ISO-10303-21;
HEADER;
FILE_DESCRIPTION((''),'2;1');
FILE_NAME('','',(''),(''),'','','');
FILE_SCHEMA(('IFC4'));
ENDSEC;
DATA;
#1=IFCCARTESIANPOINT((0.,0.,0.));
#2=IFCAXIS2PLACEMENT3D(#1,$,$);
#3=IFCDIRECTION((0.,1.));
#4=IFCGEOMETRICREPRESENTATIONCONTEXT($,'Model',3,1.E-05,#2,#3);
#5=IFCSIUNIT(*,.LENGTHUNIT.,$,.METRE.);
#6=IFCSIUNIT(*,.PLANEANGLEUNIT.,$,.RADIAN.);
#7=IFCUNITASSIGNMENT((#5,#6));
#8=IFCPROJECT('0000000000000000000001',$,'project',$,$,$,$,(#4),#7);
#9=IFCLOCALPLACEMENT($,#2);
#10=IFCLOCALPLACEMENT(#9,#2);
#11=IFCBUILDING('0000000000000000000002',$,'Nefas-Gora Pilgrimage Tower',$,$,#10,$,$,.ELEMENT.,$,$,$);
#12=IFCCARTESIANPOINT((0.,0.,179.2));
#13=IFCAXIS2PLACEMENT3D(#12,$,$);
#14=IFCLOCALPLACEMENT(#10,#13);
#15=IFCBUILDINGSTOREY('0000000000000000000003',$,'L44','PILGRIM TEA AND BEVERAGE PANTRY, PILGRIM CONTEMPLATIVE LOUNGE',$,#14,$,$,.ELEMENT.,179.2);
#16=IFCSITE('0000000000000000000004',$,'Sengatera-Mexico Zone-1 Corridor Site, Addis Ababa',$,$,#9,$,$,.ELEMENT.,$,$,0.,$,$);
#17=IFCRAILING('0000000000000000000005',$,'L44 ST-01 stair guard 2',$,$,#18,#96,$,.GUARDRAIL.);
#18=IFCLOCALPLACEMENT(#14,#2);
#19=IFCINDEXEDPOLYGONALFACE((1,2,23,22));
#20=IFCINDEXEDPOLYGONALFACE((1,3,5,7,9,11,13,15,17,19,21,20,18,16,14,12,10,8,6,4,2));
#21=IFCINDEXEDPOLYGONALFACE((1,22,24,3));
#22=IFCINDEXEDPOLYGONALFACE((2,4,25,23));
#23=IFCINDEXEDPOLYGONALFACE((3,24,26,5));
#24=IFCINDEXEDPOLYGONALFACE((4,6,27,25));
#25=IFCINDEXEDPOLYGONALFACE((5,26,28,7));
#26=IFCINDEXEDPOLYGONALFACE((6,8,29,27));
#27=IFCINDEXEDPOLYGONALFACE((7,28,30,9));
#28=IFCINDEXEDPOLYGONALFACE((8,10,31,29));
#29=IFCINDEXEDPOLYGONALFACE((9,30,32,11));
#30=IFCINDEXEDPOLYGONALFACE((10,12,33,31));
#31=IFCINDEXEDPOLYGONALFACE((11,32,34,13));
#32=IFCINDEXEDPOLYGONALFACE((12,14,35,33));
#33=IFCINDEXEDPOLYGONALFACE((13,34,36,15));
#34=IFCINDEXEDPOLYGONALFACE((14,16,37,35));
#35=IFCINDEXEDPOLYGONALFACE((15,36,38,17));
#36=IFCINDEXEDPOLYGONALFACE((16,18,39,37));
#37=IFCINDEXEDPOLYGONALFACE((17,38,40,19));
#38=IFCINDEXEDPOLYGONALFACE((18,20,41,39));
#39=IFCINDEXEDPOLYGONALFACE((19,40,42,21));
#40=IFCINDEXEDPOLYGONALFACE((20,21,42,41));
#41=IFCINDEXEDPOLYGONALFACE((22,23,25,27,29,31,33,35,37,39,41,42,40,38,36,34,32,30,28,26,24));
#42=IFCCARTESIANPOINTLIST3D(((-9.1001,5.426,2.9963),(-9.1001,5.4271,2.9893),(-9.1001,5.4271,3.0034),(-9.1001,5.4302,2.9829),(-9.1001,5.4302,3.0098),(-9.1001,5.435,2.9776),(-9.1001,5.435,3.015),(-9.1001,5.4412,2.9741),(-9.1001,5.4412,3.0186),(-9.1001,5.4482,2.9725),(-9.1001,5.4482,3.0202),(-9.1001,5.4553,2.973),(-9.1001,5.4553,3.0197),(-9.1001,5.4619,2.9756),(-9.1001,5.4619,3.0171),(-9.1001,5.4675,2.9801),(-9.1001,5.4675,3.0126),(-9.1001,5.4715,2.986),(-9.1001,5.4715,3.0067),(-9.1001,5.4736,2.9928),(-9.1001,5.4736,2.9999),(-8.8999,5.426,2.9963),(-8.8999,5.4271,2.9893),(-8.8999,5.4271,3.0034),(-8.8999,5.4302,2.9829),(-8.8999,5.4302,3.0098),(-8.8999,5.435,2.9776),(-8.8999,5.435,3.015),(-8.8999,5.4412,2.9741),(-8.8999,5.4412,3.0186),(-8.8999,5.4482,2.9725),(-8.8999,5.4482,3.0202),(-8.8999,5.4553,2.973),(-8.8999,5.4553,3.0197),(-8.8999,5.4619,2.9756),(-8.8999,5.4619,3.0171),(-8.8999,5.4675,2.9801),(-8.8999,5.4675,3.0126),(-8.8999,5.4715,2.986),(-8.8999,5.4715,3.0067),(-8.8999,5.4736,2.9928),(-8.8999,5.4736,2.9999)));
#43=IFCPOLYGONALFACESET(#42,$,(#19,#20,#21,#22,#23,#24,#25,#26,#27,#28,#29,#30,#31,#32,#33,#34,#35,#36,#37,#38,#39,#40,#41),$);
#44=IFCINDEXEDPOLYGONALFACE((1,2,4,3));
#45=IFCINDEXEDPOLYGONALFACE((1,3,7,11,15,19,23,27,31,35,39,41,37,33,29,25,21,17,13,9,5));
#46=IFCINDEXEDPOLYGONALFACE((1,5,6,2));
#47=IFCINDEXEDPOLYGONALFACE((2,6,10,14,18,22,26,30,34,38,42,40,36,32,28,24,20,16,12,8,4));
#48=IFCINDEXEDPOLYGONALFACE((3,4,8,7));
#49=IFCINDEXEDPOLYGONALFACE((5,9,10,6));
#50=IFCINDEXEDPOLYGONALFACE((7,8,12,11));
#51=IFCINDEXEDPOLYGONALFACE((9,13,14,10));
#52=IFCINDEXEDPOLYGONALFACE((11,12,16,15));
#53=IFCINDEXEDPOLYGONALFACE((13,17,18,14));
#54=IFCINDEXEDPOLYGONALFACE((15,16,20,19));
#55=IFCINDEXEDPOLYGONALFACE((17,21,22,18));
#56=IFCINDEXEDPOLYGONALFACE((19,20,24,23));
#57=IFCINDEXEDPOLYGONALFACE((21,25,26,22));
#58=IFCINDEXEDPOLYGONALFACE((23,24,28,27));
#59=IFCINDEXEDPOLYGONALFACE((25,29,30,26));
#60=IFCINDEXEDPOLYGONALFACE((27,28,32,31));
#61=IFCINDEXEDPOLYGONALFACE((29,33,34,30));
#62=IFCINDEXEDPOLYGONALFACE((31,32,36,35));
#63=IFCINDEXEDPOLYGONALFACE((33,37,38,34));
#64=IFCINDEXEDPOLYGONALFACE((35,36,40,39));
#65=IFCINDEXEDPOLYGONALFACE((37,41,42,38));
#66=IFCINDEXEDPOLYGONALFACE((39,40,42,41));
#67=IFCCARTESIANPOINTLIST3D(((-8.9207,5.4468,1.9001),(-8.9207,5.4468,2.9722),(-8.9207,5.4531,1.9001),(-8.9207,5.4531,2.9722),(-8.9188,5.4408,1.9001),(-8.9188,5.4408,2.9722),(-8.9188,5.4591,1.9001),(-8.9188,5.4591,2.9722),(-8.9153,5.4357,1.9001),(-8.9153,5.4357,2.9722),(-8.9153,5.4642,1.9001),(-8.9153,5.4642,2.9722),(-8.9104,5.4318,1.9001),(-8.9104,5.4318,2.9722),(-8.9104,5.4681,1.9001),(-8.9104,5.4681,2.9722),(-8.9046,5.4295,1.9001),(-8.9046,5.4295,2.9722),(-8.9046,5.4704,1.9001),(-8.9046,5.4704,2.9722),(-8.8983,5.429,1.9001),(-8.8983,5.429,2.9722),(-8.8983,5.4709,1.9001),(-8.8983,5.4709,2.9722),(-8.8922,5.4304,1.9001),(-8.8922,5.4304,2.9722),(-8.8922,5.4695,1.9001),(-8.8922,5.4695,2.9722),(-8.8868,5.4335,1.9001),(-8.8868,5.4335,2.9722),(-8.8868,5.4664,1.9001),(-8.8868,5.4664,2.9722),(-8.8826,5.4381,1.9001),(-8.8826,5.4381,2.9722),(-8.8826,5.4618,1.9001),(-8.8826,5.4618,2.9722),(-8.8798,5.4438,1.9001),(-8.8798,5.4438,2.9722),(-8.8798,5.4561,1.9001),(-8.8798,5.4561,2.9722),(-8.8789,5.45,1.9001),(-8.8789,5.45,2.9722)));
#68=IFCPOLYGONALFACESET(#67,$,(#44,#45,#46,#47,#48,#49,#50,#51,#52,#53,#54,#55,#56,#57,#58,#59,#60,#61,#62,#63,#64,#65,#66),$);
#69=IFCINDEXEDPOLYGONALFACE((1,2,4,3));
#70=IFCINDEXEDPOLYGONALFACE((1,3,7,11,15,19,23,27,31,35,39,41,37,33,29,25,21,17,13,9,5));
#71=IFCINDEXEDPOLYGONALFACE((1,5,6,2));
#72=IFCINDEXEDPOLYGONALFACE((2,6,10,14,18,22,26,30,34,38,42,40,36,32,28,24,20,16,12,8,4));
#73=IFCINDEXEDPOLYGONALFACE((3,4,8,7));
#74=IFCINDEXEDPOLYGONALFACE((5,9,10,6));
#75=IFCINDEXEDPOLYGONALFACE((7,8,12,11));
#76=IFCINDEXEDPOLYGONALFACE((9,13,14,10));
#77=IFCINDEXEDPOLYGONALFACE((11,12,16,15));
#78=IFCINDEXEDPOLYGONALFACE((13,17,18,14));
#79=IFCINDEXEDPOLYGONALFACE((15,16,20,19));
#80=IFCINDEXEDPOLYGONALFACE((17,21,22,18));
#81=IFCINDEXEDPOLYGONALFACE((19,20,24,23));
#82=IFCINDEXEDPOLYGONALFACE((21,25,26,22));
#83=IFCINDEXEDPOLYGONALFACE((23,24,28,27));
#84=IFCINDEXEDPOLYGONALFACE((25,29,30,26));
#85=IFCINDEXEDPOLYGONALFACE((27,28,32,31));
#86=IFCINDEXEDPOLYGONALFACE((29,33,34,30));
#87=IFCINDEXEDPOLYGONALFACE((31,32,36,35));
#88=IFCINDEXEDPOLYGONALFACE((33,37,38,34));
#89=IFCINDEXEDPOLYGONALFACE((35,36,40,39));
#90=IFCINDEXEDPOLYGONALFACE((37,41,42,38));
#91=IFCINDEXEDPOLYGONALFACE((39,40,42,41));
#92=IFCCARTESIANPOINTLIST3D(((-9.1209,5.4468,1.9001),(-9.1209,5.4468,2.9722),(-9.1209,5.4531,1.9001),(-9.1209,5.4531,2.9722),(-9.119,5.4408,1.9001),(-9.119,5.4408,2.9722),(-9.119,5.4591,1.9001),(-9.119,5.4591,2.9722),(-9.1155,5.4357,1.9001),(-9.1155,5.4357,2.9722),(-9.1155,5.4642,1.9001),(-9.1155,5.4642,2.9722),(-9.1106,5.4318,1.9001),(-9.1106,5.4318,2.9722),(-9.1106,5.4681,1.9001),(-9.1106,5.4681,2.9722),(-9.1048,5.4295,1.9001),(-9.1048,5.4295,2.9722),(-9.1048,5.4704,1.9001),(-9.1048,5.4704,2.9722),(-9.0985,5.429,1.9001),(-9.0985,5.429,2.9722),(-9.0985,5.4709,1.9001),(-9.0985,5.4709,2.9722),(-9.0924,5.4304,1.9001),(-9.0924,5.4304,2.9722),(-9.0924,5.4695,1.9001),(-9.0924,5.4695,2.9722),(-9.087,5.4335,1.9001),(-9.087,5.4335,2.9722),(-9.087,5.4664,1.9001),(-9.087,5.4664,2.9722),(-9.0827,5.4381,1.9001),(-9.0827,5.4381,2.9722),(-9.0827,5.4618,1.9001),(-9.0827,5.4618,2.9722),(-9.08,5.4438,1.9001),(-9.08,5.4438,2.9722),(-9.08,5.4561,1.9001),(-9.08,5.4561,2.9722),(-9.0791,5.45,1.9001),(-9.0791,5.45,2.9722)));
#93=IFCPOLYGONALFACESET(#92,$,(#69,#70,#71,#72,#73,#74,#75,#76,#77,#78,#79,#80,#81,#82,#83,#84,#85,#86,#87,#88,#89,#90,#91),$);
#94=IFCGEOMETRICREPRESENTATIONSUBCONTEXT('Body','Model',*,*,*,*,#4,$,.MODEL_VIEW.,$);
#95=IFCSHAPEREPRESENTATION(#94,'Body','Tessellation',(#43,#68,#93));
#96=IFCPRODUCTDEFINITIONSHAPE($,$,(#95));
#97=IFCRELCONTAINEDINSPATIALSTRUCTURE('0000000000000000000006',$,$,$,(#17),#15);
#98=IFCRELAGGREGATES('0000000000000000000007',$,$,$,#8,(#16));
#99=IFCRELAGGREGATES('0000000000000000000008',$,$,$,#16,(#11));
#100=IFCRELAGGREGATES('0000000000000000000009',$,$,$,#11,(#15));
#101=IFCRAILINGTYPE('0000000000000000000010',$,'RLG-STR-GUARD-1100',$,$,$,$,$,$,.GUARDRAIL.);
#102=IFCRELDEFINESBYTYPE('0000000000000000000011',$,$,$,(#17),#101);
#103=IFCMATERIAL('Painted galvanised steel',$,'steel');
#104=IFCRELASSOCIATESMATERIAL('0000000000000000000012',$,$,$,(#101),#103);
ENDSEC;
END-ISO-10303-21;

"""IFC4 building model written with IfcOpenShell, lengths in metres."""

from ifc_helpers import new_model, si_unit, direction, frame, origin, origin_2d, place, context, subcontext, project, spatial, circle, extrude, material, type_object, element, save


model = new_model("IFC4")

# Units and contexts
model_context = context("Model", 3, precision=1e-05, world=origin(), true_north=direction((0.0, 1.0)))
body_context = subcontext(model_context, "Body", "Model", "MODEL_VIEW")
ifc_project = project(units=[si_unit("LENGTHUNIT", "METRE"), si_unit("PLANEANGLEUNIT", "RADIAN")], contexts=[model_context])

# Site, building, storey
site_placement = place(None, origin())
site = spatial("IfcSite", under=ifc_project, at=site_placement, Name="Sengatera-Mexico Zone-1 Corridor Site, Addis Ababa", CompositionType="ELEMENT", RefElevation=0.0)
building_placement = place(site_placement, origin())
building = spatial("IfcBuilding", under=site, at=building_placement, Name="Nefas-Gora Pilgrimage Tower", CompositionType="ELEMENT")
storey_placement = place(building_placement, frame((0.0, 0.0, 179.2)))
storey = spatial("IfcBuildingStorey", under=building, at=storey_placement, Name="L44", Description="PILGRIM TEA AND BEVERAGE PANTRY, PILGRIM CONTEMPLATIVE LOUNGE", CompositionType="ELEMENT", Elevation=179.2)

# Railing
ifc_material_1 = material(Name="Painted galvanised steel", Category="steel")
railing_type_1 = type_object("IfcRailingType", Name="RLG-STR-GUARD-1100", PredefinedType="GUARDRAIL", material=ifc_material_1)
railing_1_placement = place(storey_placement, frame((-8.8999, 5.45, 1.9001)))
element("IfcRailing", 1, at=railing_1_placement, inside=storey, type_object=railing_type_1, Name="L44 ST-01 stair guard 2", PredefinedType="GUARDRAIL", context=body_context, shape_type="SweptSolid", body=[
    extrude(circle(Radius=0.0239, at=origin_2d()), frame((0.0, 0.0, 1.0962), z_axis=(-1.0, 0.0, 0.0), x_axis=(0.0, -1.0, 0.0)), (0.0, 0.0, 1.0), 0.2002),
    extrude(circle(Radius=0.021, at=origin_2d()), origin(), (0.0, 0.0, 1.0), 1.072),
    extrude(circle(Radius=0.021, at=origin_2d()), frame((-0.2002, 0.0, 0.0)), (0.0, 0.0, 1.0), 1.072),
])

save(model, "model.ifc")
